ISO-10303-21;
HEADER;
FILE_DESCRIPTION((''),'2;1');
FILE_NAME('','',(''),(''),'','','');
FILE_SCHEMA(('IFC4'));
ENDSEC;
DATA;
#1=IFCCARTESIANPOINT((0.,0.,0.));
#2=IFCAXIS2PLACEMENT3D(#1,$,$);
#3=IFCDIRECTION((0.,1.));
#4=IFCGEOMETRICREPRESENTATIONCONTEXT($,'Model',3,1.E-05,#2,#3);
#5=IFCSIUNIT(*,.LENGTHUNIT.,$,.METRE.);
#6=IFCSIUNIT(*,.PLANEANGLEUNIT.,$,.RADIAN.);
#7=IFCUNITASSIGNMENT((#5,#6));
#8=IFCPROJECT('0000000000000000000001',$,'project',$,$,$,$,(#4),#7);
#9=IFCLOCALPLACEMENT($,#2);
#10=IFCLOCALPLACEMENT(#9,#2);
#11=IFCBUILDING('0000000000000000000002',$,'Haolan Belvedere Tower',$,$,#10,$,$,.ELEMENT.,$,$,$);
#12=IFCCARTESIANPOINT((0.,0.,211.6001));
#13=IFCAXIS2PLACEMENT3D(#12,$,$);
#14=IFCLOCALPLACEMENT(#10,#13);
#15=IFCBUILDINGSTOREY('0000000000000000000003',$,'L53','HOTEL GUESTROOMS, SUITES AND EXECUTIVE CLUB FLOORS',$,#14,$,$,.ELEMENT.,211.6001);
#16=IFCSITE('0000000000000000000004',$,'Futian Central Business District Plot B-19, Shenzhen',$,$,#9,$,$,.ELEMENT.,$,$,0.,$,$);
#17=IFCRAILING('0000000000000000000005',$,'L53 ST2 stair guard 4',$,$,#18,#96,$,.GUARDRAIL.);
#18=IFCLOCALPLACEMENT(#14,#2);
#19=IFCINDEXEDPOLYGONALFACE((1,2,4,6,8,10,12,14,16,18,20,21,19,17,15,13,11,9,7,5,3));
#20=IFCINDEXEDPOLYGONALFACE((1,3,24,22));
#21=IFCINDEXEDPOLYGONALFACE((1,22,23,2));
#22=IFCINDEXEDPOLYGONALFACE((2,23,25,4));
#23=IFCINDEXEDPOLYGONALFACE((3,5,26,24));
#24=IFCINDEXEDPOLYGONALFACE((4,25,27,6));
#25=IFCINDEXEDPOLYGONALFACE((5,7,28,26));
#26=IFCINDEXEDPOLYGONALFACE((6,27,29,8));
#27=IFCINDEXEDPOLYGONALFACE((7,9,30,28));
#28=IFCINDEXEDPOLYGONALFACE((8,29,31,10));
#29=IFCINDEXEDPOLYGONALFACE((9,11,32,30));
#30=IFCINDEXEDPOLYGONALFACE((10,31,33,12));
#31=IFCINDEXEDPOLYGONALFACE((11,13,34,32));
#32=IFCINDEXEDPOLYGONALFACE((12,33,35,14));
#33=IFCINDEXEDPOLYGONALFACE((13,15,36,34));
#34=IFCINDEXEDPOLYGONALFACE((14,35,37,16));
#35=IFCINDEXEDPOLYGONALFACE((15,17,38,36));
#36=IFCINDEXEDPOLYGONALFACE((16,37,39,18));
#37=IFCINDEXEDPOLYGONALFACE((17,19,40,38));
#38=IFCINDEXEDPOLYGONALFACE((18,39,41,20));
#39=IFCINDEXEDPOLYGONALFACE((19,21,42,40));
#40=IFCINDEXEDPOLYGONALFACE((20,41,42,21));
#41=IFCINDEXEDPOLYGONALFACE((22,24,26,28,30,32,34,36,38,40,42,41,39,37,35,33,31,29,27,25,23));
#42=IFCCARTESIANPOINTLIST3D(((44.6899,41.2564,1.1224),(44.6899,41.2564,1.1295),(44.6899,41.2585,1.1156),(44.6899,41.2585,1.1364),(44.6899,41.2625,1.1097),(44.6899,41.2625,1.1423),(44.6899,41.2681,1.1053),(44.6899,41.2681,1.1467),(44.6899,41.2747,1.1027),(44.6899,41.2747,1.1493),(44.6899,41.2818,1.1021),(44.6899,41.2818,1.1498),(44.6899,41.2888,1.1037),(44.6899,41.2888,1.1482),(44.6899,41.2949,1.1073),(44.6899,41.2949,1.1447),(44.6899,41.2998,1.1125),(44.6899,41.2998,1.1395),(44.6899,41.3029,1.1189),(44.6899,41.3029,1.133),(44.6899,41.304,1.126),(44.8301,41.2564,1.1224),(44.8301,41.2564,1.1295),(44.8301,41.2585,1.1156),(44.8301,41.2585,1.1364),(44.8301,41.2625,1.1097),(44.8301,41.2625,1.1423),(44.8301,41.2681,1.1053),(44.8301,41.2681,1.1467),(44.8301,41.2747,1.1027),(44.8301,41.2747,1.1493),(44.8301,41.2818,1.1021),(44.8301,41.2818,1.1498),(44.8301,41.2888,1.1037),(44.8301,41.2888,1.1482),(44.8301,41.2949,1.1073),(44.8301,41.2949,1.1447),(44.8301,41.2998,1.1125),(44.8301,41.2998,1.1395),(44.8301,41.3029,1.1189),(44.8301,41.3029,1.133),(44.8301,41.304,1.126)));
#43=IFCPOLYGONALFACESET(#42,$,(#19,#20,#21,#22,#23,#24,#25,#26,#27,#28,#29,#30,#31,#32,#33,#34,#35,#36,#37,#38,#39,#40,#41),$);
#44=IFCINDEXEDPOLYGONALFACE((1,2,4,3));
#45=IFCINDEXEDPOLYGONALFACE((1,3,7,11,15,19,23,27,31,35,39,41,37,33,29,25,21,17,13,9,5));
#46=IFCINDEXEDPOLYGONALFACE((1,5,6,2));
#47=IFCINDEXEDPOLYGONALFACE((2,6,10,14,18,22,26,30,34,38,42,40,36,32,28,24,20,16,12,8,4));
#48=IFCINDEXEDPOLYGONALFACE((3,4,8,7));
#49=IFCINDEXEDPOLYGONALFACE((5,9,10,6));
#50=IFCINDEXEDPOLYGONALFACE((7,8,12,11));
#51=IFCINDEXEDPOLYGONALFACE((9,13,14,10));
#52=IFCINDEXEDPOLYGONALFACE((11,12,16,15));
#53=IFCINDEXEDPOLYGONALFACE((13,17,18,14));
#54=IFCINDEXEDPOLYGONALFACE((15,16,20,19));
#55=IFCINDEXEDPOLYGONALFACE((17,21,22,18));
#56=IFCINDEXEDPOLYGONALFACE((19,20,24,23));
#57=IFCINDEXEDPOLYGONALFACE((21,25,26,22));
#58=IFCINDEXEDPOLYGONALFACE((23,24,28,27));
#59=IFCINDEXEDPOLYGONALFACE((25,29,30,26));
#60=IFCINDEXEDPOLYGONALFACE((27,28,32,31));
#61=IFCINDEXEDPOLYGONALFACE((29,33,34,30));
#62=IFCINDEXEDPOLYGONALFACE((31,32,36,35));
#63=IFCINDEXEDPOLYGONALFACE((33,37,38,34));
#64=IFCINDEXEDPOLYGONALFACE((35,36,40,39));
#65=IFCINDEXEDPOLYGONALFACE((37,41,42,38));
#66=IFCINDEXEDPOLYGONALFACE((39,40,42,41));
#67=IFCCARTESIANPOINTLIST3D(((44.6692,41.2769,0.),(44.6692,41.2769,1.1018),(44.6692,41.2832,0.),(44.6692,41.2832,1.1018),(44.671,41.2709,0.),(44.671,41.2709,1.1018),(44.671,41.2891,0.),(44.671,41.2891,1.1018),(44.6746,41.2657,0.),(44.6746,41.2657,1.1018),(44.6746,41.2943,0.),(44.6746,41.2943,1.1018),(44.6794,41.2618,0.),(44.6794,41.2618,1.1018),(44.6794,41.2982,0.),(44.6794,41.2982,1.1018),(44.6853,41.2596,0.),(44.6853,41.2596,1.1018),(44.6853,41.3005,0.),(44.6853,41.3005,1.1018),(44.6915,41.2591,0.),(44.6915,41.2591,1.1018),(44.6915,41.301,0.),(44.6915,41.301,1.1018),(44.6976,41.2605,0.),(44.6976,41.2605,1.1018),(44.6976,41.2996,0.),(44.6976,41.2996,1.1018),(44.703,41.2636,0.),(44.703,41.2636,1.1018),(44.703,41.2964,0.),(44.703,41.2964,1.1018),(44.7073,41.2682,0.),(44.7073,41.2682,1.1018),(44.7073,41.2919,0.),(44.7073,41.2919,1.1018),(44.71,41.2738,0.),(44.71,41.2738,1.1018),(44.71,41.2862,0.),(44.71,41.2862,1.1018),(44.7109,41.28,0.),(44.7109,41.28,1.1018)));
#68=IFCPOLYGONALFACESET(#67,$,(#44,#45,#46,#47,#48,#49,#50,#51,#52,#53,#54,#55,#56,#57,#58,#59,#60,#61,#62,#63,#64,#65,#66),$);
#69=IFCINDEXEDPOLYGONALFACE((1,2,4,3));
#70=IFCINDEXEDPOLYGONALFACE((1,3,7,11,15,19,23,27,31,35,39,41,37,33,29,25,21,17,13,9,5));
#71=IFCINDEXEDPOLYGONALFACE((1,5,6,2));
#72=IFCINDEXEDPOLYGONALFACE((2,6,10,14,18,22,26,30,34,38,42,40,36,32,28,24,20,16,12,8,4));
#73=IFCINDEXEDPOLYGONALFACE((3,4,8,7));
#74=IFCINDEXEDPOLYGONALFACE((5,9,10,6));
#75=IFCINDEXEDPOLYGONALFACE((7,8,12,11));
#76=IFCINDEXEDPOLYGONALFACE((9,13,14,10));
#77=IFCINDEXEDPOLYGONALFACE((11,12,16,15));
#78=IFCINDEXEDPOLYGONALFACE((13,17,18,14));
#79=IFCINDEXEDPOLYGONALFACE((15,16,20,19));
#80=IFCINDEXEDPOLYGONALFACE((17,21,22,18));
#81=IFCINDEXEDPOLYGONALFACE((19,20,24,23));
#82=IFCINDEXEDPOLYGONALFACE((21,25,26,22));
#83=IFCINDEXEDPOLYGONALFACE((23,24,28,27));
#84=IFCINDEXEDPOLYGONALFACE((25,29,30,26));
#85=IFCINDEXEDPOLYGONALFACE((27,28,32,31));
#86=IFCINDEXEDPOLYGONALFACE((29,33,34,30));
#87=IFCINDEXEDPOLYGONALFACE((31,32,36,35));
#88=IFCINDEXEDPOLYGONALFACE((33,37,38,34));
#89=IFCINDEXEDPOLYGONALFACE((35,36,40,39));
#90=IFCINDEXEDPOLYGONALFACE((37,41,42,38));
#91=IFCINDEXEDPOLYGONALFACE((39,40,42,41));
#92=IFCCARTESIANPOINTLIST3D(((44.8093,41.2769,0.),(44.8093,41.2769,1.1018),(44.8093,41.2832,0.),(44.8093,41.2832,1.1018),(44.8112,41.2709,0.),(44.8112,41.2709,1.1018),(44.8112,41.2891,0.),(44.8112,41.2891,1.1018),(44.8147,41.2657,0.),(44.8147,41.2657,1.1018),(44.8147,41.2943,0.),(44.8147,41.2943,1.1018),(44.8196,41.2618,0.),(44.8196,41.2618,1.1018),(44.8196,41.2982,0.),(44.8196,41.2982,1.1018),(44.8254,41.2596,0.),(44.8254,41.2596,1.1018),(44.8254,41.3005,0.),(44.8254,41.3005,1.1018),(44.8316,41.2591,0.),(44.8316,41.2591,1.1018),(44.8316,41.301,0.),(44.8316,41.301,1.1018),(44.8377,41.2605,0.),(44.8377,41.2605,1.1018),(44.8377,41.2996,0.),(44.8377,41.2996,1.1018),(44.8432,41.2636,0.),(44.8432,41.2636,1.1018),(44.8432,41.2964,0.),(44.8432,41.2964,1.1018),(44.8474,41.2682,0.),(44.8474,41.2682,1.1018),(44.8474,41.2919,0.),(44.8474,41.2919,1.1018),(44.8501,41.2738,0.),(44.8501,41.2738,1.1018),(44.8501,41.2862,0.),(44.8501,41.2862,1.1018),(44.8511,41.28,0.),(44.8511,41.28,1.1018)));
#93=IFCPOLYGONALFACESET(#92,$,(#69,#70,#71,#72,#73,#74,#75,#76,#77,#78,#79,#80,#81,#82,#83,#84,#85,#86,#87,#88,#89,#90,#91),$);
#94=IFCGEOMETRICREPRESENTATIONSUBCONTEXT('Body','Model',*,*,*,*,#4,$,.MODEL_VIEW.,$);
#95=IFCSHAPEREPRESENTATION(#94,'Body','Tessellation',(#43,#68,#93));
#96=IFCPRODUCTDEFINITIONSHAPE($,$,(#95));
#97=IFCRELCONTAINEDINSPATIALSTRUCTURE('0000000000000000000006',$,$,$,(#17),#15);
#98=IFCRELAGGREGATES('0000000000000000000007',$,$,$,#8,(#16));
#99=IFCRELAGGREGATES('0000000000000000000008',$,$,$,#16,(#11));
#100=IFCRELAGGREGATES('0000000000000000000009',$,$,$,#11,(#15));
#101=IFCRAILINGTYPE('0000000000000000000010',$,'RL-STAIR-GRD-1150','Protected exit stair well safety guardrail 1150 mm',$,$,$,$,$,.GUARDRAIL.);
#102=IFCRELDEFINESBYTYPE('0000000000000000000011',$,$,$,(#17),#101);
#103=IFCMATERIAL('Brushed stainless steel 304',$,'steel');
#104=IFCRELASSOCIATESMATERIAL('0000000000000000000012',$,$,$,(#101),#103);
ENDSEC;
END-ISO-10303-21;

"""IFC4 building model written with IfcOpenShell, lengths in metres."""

from ifc_helpers import new_model, si_unit, direction, frame, origin, origin_2d, place, context, subcontext, project, spatial, circle, extrude, material, type_object, element, save


model = new_model("IFC4")

# Units and contexts
model_context = context("Model", 3, precision=1e-05, world=origin(), true_north=direction((0.0, 1.0)))
body_context = subcontext(model_context, "Body", "Model", "MODEL_VIEW")
ifc_project = project(units=[si_unit("LENGTHUNIT", "METRE"), si_unit("PLANEANGLEUNIT", "RADIAN")], contexts=[model_context])

# Site, building, storey
site_placement = place(None, origin())
site = spatial("IfcSite", under=ifc_project, at=site_placement, Name="Futian Central Business District Plot B-19, Shenzhen", CompositionType="ELEMENT", RefElevation=0.0)
building_placement = place(site_placement, origin())
building = spatial("IfcBuilding", under=site, at=building_placement, Name="Haolan Belvedere Tower", CompositionType="ELEMENT")
storey_placement = place(building_placement, frame((0.0, 0.0, 211.6001)))
storey = spatial("IfcBuildingStorey", under=building, at=storey_placement, Name="L53", Description="HOTEL GUESTROOMS, SUITES AND EXECUTIVE CLUB FLOORS", CompositionType="ELEMENT", Elevation=211.6001)

# Railing
ifc_material_1 = material(Name="Brushed stainless steel 304", Category="steel")
railing_type_1 = type_object("IfcRailingType", Name="RL-STAIR-GRD-1150", Description="Protected exit stair well safety guardrail 1150 mm", PredefinedType="GUARDRAIL", material=ifc_material_1)
railing_1_placement = place(storey_placement, frame((44.6899, 41.28, 0.0)))
element("IfcRailing", 1, at=railing_1_placement, inside=storey, type_object=railing_type_1, Name="L53 ST2 stair guard 4", PredefinedType="GUARDRAIL", context=body_context, shape_type="SweptSolid", body=[
    extrude(circle(Radius=0.0239, at=origin_2d()), frame((0.0, 0.0, 1.126), z_axis=(1.0, 0.0, 0.0), x_axis=(0.0, 1.0, 0.0)), (0.0, 0.0, 1.0), 0.1401),
    extrude(circle(Radius=0.021, at=origin_2d()), origin(), (0.0, 0.0, 1.0), 1.1018),
    extrude(circle(Radius=0.021, at=origin_2d()), frame((0.1401, 0.0, 0.0)), (0.0, 0.0, 1.0), 1.1018),
])

save(model, "model.ifc")
